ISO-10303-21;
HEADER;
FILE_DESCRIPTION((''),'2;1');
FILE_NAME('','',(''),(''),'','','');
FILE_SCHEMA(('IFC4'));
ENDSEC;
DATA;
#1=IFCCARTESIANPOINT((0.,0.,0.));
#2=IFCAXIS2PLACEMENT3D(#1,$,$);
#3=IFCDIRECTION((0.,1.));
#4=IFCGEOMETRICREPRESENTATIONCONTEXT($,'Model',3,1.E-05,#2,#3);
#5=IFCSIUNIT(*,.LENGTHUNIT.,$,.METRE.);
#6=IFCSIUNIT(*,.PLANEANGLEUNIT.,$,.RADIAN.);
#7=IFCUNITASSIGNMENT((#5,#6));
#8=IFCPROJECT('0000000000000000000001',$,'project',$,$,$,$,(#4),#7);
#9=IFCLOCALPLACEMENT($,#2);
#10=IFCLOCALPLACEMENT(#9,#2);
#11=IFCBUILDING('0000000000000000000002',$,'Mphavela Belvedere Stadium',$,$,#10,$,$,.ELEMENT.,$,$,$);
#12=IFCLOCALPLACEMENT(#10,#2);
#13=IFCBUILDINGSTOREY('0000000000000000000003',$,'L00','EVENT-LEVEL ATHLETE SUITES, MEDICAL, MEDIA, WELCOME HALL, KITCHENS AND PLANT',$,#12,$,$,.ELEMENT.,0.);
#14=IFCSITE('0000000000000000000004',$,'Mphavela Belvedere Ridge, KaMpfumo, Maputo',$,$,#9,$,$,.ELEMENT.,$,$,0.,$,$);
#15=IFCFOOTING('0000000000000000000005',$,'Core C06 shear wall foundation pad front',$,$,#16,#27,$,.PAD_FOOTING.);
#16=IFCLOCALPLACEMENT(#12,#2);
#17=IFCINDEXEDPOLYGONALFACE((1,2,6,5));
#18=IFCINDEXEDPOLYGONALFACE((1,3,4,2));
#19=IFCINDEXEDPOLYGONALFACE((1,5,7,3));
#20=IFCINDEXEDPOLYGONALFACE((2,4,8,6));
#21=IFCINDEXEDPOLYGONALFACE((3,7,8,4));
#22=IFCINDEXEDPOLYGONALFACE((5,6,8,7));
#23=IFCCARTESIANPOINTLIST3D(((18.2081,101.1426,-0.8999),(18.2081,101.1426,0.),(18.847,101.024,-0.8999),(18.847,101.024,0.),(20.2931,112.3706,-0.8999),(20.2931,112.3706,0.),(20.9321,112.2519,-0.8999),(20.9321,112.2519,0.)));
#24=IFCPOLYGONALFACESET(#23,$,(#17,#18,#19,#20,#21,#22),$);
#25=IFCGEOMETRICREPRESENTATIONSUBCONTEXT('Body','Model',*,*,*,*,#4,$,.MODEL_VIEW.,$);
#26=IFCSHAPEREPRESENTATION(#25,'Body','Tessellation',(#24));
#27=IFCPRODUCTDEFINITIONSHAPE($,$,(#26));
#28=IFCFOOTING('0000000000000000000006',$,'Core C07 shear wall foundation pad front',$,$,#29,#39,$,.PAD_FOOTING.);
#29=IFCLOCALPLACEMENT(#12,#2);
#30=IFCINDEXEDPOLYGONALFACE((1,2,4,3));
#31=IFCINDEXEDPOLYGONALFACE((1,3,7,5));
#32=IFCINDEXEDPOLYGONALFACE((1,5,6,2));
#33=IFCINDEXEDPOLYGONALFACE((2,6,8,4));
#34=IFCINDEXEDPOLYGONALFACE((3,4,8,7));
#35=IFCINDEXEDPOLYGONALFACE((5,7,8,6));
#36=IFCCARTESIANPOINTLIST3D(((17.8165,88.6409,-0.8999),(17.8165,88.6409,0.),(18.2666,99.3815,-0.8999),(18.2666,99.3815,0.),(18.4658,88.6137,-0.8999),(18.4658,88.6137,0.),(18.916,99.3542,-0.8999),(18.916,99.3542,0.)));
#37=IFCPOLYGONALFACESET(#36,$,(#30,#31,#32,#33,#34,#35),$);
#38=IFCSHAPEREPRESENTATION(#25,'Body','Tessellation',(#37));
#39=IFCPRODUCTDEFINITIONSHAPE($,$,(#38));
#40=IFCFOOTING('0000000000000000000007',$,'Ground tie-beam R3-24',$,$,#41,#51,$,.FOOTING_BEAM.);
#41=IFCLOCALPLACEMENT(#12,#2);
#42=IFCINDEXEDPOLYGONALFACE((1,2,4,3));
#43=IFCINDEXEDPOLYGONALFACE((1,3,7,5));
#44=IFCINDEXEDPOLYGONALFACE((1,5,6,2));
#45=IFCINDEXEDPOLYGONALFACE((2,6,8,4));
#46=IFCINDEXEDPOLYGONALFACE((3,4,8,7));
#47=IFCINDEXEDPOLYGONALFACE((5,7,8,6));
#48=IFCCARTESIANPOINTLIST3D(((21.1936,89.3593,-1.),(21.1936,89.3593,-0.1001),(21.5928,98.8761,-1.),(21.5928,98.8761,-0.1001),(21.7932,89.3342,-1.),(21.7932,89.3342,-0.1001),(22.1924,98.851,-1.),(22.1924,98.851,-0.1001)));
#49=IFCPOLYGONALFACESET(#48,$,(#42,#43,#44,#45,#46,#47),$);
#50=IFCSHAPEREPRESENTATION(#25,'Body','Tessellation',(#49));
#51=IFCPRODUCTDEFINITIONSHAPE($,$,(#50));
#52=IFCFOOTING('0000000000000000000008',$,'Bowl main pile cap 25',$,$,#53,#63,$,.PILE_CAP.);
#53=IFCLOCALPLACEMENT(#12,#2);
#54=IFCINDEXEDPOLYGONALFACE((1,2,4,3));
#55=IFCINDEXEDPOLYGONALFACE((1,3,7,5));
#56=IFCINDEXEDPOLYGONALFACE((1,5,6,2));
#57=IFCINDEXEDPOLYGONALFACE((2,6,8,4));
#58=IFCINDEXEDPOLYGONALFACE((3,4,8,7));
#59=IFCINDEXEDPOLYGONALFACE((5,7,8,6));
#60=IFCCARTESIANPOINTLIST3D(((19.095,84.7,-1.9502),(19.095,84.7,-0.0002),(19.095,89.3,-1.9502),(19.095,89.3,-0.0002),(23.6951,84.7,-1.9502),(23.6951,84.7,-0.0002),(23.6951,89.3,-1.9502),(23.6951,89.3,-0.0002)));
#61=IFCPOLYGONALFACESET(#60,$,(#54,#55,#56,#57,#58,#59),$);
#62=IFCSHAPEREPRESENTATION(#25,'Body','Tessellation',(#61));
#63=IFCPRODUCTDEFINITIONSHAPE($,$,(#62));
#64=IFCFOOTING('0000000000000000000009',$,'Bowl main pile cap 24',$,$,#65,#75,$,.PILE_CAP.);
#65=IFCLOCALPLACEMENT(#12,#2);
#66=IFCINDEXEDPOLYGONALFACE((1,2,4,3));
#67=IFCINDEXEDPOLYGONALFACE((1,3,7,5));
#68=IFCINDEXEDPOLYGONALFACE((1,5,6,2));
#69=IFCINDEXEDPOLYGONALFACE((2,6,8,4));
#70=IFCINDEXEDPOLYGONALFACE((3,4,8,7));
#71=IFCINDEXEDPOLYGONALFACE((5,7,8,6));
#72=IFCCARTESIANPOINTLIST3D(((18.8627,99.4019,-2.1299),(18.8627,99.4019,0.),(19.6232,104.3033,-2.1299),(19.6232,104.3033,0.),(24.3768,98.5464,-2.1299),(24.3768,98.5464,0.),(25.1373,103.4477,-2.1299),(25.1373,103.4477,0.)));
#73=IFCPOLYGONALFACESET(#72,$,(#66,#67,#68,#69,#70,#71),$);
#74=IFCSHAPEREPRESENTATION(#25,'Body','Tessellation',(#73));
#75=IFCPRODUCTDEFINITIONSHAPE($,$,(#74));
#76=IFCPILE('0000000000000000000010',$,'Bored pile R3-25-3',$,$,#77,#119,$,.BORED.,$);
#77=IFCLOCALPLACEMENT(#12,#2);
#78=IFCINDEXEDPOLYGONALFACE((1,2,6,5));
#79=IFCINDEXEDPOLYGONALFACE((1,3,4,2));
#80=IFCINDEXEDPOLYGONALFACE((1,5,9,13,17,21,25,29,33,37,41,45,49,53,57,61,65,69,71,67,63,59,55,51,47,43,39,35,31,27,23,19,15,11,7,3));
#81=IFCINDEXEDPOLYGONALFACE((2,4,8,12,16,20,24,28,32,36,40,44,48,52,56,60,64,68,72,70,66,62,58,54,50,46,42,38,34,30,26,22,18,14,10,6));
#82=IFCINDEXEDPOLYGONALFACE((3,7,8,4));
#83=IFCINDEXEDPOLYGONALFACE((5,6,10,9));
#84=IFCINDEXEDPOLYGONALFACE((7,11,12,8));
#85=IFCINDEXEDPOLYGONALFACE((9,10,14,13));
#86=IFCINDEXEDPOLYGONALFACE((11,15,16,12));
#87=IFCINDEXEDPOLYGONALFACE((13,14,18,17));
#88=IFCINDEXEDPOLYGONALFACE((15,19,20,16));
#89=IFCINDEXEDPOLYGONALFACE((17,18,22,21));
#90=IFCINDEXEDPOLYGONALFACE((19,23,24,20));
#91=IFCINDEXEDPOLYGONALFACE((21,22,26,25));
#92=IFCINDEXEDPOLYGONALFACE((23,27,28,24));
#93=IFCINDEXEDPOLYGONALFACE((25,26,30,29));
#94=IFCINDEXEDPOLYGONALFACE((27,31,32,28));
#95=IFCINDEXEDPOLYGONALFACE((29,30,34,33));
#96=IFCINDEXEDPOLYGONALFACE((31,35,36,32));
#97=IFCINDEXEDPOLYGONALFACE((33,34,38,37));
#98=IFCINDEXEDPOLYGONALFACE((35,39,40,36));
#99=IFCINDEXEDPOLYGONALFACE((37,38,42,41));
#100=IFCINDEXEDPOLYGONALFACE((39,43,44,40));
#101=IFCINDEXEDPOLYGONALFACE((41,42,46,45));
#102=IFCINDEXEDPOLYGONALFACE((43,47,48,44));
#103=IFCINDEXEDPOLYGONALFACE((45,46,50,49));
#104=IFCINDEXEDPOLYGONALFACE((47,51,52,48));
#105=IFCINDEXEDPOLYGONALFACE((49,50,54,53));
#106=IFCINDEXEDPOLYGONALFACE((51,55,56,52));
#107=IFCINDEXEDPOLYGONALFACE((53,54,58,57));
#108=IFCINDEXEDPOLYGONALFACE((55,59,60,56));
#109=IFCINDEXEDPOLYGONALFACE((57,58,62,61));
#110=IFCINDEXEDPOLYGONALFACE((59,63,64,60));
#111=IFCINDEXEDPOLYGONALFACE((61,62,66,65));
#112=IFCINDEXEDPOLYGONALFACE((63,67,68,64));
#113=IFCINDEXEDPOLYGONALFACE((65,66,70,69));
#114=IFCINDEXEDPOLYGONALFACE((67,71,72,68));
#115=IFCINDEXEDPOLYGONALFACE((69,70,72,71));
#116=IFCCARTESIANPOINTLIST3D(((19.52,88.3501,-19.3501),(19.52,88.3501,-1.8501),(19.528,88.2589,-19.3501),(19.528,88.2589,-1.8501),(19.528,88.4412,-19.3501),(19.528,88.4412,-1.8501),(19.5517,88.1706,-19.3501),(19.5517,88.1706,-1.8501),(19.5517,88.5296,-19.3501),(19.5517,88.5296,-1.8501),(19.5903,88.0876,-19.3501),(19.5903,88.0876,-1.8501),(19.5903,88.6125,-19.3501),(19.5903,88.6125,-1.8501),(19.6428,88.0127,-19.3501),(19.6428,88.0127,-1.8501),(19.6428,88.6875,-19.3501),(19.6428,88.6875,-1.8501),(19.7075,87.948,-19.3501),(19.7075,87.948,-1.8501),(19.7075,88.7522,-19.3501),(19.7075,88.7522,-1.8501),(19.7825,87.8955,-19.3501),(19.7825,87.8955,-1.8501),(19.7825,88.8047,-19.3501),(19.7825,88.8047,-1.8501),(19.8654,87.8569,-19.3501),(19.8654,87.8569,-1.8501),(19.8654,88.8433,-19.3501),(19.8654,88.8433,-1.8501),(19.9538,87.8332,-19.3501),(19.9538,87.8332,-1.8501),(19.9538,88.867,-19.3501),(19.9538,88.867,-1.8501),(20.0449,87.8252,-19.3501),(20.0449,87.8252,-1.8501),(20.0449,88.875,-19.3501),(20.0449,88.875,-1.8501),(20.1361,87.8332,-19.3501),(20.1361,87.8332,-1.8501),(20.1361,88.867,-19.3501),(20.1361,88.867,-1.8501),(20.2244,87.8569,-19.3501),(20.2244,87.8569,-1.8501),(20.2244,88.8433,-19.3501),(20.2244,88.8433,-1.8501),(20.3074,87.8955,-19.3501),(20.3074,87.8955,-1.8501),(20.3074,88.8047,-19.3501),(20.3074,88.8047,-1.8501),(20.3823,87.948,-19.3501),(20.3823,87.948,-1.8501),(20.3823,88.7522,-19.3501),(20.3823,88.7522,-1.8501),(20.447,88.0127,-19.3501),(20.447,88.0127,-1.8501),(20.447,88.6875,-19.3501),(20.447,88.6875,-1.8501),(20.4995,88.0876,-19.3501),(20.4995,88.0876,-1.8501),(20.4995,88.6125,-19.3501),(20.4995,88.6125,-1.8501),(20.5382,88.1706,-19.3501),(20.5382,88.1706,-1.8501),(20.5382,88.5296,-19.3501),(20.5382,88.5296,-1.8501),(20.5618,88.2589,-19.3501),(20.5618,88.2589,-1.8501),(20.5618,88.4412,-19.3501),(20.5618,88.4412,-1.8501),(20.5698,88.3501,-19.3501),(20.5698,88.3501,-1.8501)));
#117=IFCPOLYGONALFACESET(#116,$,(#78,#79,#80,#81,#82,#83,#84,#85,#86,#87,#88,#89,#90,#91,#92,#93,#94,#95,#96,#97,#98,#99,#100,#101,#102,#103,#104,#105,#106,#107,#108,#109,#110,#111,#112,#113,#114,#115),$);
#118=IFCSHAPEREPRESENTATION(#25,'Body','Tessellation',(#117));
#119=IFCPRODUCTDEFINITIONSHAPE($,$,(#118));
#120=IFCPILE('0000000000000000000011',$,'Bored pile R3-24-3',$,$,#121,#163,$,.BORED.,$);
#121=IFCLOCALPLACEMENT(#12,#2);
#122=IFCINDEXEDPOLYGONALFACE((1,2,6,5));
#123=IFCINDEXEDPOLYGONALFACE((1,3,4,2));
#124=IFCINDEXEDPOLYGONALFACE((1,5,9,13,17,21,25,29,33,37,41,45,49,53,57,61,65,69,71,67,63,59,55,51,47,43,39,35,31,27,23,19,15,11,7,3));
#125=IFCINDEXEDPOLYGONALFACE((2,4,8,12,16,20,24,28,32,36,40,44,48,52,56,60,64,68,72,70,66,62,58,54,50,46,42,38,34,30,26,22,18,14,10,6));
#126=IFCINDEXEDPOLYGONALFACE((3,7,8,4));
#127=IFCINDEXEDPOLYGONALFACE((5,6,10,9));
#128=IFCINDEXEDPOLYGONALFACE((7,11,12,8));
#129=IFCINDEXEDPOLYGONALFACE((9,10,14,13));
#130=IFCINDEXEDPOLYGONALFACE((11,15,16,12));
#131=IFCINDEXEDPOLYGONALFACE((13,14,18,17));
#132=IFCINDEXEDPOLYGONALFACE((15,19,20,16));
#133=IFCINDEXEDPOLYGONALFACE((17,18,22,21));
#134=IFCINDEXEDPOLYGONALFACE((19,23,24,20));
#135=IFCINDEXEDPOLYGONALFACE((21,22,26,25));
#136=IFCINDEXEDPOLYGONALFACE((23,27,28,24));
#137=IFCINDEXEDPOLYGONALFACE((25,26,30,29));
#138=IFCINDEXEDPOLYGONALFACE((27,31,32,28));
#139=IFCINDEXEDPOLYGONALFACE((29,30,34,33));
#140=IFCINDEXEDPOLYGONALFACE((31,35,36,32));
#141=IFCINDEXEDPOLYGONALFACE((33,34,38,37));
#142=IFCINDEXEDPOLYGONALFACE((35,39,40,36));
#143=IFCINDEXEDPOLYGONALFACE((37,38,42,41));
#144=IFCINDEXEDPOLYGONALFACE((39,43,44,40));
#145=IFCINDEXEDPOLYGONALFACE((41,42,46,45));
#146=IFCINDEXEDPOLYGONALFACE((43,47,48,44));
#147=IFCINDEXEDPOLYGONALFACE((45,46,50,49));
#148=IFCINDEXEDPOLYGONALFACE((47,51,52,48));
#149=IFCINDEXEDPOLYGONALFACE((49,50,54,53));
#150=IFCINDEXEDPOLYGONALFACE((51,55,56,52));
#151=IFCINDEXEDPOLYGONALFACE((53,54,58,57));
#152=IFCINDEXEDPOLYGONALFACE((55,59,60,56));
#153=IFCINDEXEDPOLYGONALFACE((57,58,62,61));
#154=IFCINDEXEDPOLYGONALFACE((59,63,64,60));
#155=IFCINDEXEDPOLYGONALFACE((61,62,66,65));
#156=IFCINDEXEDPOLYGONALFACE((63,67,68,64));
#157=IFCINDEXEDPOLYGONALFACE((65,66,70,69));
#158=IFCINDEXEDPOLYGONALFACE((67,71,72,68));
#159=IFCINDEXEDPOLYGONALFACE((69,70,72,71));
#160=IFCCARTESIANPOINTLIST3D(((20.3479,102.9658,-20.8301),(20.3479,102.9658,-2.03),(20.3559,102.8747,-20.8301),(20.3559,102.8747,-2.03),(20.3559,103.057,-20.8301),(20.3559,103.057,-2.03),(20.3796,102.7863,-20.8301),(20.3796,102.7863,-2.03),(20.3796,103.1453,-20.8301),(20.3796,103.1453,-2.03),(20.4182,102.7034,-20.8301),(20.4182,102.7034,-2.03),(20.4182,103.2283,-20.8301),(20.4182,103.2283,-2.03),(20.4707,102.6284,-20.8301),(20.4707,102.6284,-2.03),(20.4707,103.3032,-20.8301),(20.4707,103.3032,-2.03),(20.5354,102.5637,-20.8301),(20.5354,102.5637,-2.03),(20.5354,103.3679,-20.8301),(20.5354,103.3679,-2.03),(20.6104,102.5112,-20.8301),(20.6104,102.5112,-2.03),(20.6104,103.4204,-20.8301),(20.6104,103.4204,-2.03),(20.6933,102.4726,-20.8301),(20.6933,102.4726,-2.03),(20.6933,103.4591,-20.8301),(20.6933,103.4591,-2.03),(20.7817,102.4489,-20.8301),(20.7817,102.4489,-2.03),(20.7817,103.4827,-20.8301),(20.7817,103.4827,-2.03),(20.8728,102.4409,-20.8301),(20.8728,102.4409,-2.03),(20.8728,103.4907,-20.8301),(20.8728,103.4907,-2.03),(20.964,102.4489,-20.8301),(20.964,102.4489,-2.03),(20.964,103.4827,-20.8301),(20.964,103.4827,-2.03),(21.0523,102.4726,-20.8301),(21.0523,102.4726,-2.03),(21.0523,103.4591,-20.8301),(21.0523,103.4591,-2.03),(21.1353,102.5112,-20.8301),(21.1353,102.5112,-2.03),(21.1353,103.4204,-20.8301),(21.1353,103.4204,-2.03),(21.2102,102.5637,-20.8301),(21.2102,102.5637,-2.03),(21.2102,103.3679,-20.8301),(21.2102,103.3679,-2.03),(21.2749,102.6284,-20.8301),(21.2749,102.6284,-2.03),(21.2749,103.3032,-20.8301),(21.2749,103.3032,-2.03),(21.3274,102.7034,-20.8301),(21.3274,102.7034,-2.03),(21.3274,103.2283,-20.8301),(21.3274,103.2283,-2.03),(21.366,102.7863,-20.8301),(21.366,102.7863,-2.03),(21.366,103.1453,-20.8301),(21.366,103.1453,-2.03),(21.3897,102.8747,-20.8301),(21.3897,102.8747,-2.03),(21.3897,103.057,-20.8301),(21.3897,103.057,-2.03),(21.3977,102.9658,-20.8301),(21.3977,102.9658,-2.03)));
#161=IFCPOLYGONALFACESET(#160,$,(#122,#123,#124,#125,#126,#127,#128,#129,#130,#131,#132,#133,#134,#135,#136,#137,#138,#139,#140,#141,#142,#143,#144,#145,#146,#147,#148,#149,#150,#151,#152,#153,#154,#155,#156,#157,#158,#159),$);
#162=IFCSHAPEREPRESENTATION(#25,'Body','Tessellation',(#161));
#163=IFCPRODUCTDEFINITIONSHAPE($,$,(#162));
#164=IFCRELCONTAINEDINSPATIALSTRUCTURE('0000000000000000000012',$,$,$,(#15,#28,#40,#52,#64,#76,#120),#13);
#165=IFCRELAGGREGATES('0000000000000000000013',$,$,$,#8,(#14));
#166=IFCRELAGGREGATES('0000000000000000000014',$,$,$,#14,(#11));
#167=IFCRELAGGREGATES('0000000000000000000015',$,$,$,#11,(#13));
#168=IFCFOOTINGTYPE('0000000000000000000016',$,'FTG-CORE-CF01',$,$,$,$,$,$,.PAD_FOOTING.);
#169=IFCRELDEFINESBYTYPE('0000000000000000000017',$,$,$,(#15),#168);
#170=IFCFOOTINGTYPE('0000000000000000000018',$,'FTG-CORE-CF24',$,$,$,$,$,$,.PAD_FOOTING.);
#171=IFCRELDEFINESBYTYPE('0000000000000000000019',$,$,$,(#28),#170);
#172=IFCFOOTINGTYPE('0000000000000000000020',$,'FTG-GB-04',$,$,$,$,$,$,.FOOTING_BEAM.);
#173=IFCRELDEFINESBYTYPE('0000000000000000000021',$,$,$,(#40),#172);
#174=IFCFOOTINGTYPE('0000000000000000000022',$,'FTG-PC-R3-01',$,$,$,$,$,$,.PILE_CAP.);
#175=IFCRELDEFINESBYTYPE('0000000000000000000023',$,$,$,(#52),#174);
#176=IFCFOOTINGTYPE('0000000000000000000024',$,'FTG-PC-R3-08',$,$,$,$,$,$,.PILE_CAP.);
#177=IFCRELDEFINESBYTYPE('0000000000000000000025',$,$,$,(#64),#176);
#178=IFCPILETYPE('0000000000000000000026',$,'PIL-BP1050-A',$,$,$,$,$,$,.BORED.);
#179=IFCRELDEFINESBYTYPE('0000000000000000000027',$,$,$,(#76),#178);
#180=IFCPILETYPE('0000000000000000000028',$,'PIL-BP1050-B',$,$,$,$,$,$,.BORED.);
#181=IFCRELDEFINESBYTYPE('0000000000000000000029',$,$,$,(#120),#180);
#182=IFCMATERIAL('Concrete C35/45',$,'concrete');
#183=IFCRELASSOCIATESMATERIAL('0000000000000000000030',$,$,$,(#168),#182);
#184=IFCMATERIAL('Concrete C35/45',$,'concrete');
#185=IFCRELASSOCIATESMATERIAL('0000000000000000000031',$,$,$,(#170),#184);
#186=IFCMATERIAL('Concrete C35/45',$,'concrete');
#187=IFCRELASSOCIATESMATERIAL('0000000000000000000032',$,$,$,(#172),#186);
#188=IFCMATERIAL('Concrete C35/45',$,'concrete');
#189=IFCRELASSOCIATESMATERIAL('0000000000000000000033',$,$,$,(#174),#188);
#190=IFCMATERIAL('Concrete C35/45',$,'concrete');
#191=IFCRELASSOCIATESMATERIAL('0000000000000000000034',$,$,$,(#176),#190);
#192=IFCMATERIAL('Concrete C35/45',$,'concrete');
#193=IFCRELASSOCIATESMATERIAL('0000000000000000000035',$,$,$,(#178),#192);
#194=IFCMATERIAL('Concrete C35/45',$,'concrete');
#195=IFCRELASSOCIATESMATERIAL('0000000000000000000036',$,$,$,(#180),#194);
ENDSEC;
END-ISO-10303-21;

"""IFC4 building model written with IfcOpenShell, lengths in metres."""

from ifc_helpers import new_model, si_unit, direction, frame, origin, origin_2d, place, context, subcontext, project, spatial, rectangle, circle, extrude, material, material_profile, profile_set, type_object, element, save


model = new_model("IFC4")

# Units and contexts
model_context = context("Model", 3, precision=1e-05, world=origin(), true_north=direction((0.0, 1.0)))
body_context = subcontext(model_context, "Body", "Model", "MODEL_VIEW")
ifc_project = project(units=[si_unit("LENGTHUNIT", "METRE"), si_unit("PLANEANGLEUNIT", "RADIAN")], contexts=[model_context])

# Site, building, storey
site_placement = place(None, origin())
site = spatial("IfcSite", under=ifc_project, at=site_placement, Name="Mphavela Belvedere Ridge, KaMpfumo, Maputo", CompositionType="ELEMENT", RefElevation=0.0)
building_placement = place(site_placement, origin())
building = spatial("IfcBuilding", under=site, at=building_placement, Name="Mphavela Belvedere Stadium", CompositionType="ELEMENT")
storey_placement = place(building_placement, origin())
storey = spatial("IfcBuildingStorey", under=building, at=storey_placement, Name="L00", Description="EVENT-LEVEL ATHLETE SUITES, MEDICAL, MEDIA, WELCOME HALL, KITCHENS AND PLANT", CompositionType="ELEMENT", Elevation=0.0)

# Footings
ifc_material_1 = material(Name="Concrete C35/45", Category="concrete")
footing_type_1 = type_object("IfcFootingType", Name="FTG-CORE-CF01", PredefinedType="PAD_FOOTING", material=ifc_material_1)
footing_1_placement = place(storey_placement, frame((19.5701, 106.6973, -0.8999), z_axis=(0.0, 0.0, 1.0), x_axis=(0.182579, 0.983191, 0.0)))
element("IfcFooting", 1, at=footing_1_placement, inside=storey, type_object=footing_type_1, Name="Core C06 shear wall foundation pad front", PredefinedType="PAD_FOOTING", context=body_context, shape_type="SweptSolid", body=[
    extrude(rectangle(XDim=11.4199, YDim=0.6499, at=origin_2d()), origin(), (0.0, 0.0, 1.0), 0.8999),
])
ifc_material_2 = material(Name="Concrete C35/45", Category="concrete")
footing_type_2 = type_object("IfcFootingType", Name="FTG-CORE-CF24", PredefinedType="PAD_FOOTING", material=ifc_material_2)
footing_2_placement = place(storey_placement, frame((18.3662, 93.9976, -0.8999), z_axis=(0.0, 0.0, 1.0), x_axis=(0.041876, 0.999123, 0.0)))
element("IfcFooting", 2, at=footing_2_placement, inside=storey, type_object=footing_type_2, Name="Core C07 shear wall foundation pad front", PredefinedType="PAD_FOOTING", context=body_context, shape_type="SweptSolid", body=[
    extrude(rectangle(XDim=10.75, YDim=0.6499, at=origin_2d()), origin(), (0.0, 0.0, 1.0), 0.8999),
])
ifc_material_3 = material(Name="Concrete C35/45", Category="concrete")
ifc_material_profile_1 = material_profile(ifc_material_3, rectangle(XDim=0.6001, YDim=0.8999, at=origin_2d()), Name="GB 600x900")
ifc_profile_set_1 = profile_set([ifc_material_profile_1], Name="Concrete C35/45")
footing_type_3 = type_object("IfcFootingType", Name="FTG-GB-04", PredefinedType="FOOTING_BEAM", material=ifc_profile_set_1)
footing_3_placement = place(storey_placement, frame((21.8926, 98.8635, -0.55), z_axis=(-0.041907, -0.999122, 0.0), x_axis=(0.999122, -0.041907, 0.0)))
element("IfcFooting", 3, at=footing_3_placement, inside=storey, type_object=footing_type_3, Name="Ground tie-beam R3-24", PredefinedType="FOOTING_BEAM", context=body_context, shape_type="SweptSolid", body=[
    extrude(rectangle(XDim=0.6001, YDim=0.8999, at=origin_2d()), origin(), (0.0, 0.0, 1.0), 9.5251),
])
ifc_material_4 = material(Name="Concrete C35/45", Category="concrete")
footing_type_4 = type_object("IfcFootingType", Name="FTG-PC-R3-01", PredefinedType="PILE_CAP", material=ifc_material_4)
footing_4_placement = place(storey_placement, frame((21.395, 87.0, -1.9502), z_axis=(0.0, 0.0, 1.0), x_axis=(-1.0, 0.0, 0.0)))
element("IfcFooting", 4, at=footing_4_placement, inside=storey, type_object=footing_type_4, Name="Bowl main pile cap 25", PredefinedType="PILE_CAP", context=body_context, shape_type="SweptSolid", body=[
    extrude(rectangle(XDim=4.6001, YDim=4.6001, at=origin_2d()), origin(), (0.0, 0.0, 1.0), 1.95),
])
ifc_material_5 = material(Name="Concrete C35/45", Category="concrete")
footing_type_5 = type_object("IfcFootingType", Name="FTG-PC-R3-08", PredefinedType="PILE_CAP", material=ifc_material_5)
footing_5_placement = place(storey_placement, frame((22.0, 101.4248, -2.1299), z_axis=(0.0, 0.0, 1.0), x_axis=(-0.988175, 0.153331, 0.0)))
element("IfcFooting", 5, at=footing_5_placement, inside=storey, type_object=footing_type_5, Name="Bowl main pile cap 24", PredefinedType="PILE_CAP", context=body_context, shape_type="SweptSolid", body=[
    extrude(rectangle(XDim=5.5801, YDim=4.96, at=origin_2d()), origin(), (0.0, 0.0, 1.0), 2.1299),
])

# Piles
ifc_material_6 = material(Name="Concrete C35/45", Category="concrete")
ifc_material_profile_2 = material_profile(ifc_material_6, circle(Radius=0.5249, at=origin_2d()), Name="BP D1050")
ifc_profile_set_2 = profile_set([ifc_material_profile_2], Name="Concrete C35/45")
pile_type_1 = type_object("IfcPileType", Name="PIL-BP1050-A", PredefinedType="BORED", material=ifc_profile_set_2)
pile_placement = place(storey_placement, frame((20.0449, 88.3501, -1.8501), z_axis=(0.0, 0.0, -1.0), x_axis=(1.0, 0.0, 0.0)))
element("IfcPile", 6, at=pile_placement, inside=storey, type_object=pile_type_1, Name="Bored pile R3-25-3", PredefinedType="BORED", context=body_context, shape_type="SweptSolid", body=[
    extrude(circle(Radius=0.5249, at=origin_2d()), origin(), (0.0, 0.0, 1.0), 17.5),
])
ifc_material_7 = material(Name="Concrete C35/45", Category="concrete")
ifc_material_profile_3 = material_profile(ifc_material_7, circle(Radius=0.5249, at=origin_2d()), Name="BP D1050")
ifc_profile_set_3 = profile_set([ifc_material_profile_3], Name="Concrete C35/45")
pile_type_2 = type_object("IfcPileType", Name="PIL-BP1050-B", PredefinedType="BORED", material=ifc_profile_set_3)
for number, where, z_axis, x_axis, name in (
    (7, (20.8728, 102.9658, -2.03), (0.0, 0.0, -1.0), (1.0, 0.0, 0.0), "Bored pile R3-24-3"),
):
    element("IfcPile", number, at=place(storey_placement, frame(where, z_axis=z_axis, x_axis=x_axis)), inside=storey, type_object=pile_type_2, Name=name, PredefinedType="BORED", context=body_context, shape_type="SweptSolid", body=[
        extrude(circle(Radius=0.5249, at=origin_2d()), origin(), (0.0, 0.0, 1.0), 18.8),
    ])

save(model, "model.ifc")
